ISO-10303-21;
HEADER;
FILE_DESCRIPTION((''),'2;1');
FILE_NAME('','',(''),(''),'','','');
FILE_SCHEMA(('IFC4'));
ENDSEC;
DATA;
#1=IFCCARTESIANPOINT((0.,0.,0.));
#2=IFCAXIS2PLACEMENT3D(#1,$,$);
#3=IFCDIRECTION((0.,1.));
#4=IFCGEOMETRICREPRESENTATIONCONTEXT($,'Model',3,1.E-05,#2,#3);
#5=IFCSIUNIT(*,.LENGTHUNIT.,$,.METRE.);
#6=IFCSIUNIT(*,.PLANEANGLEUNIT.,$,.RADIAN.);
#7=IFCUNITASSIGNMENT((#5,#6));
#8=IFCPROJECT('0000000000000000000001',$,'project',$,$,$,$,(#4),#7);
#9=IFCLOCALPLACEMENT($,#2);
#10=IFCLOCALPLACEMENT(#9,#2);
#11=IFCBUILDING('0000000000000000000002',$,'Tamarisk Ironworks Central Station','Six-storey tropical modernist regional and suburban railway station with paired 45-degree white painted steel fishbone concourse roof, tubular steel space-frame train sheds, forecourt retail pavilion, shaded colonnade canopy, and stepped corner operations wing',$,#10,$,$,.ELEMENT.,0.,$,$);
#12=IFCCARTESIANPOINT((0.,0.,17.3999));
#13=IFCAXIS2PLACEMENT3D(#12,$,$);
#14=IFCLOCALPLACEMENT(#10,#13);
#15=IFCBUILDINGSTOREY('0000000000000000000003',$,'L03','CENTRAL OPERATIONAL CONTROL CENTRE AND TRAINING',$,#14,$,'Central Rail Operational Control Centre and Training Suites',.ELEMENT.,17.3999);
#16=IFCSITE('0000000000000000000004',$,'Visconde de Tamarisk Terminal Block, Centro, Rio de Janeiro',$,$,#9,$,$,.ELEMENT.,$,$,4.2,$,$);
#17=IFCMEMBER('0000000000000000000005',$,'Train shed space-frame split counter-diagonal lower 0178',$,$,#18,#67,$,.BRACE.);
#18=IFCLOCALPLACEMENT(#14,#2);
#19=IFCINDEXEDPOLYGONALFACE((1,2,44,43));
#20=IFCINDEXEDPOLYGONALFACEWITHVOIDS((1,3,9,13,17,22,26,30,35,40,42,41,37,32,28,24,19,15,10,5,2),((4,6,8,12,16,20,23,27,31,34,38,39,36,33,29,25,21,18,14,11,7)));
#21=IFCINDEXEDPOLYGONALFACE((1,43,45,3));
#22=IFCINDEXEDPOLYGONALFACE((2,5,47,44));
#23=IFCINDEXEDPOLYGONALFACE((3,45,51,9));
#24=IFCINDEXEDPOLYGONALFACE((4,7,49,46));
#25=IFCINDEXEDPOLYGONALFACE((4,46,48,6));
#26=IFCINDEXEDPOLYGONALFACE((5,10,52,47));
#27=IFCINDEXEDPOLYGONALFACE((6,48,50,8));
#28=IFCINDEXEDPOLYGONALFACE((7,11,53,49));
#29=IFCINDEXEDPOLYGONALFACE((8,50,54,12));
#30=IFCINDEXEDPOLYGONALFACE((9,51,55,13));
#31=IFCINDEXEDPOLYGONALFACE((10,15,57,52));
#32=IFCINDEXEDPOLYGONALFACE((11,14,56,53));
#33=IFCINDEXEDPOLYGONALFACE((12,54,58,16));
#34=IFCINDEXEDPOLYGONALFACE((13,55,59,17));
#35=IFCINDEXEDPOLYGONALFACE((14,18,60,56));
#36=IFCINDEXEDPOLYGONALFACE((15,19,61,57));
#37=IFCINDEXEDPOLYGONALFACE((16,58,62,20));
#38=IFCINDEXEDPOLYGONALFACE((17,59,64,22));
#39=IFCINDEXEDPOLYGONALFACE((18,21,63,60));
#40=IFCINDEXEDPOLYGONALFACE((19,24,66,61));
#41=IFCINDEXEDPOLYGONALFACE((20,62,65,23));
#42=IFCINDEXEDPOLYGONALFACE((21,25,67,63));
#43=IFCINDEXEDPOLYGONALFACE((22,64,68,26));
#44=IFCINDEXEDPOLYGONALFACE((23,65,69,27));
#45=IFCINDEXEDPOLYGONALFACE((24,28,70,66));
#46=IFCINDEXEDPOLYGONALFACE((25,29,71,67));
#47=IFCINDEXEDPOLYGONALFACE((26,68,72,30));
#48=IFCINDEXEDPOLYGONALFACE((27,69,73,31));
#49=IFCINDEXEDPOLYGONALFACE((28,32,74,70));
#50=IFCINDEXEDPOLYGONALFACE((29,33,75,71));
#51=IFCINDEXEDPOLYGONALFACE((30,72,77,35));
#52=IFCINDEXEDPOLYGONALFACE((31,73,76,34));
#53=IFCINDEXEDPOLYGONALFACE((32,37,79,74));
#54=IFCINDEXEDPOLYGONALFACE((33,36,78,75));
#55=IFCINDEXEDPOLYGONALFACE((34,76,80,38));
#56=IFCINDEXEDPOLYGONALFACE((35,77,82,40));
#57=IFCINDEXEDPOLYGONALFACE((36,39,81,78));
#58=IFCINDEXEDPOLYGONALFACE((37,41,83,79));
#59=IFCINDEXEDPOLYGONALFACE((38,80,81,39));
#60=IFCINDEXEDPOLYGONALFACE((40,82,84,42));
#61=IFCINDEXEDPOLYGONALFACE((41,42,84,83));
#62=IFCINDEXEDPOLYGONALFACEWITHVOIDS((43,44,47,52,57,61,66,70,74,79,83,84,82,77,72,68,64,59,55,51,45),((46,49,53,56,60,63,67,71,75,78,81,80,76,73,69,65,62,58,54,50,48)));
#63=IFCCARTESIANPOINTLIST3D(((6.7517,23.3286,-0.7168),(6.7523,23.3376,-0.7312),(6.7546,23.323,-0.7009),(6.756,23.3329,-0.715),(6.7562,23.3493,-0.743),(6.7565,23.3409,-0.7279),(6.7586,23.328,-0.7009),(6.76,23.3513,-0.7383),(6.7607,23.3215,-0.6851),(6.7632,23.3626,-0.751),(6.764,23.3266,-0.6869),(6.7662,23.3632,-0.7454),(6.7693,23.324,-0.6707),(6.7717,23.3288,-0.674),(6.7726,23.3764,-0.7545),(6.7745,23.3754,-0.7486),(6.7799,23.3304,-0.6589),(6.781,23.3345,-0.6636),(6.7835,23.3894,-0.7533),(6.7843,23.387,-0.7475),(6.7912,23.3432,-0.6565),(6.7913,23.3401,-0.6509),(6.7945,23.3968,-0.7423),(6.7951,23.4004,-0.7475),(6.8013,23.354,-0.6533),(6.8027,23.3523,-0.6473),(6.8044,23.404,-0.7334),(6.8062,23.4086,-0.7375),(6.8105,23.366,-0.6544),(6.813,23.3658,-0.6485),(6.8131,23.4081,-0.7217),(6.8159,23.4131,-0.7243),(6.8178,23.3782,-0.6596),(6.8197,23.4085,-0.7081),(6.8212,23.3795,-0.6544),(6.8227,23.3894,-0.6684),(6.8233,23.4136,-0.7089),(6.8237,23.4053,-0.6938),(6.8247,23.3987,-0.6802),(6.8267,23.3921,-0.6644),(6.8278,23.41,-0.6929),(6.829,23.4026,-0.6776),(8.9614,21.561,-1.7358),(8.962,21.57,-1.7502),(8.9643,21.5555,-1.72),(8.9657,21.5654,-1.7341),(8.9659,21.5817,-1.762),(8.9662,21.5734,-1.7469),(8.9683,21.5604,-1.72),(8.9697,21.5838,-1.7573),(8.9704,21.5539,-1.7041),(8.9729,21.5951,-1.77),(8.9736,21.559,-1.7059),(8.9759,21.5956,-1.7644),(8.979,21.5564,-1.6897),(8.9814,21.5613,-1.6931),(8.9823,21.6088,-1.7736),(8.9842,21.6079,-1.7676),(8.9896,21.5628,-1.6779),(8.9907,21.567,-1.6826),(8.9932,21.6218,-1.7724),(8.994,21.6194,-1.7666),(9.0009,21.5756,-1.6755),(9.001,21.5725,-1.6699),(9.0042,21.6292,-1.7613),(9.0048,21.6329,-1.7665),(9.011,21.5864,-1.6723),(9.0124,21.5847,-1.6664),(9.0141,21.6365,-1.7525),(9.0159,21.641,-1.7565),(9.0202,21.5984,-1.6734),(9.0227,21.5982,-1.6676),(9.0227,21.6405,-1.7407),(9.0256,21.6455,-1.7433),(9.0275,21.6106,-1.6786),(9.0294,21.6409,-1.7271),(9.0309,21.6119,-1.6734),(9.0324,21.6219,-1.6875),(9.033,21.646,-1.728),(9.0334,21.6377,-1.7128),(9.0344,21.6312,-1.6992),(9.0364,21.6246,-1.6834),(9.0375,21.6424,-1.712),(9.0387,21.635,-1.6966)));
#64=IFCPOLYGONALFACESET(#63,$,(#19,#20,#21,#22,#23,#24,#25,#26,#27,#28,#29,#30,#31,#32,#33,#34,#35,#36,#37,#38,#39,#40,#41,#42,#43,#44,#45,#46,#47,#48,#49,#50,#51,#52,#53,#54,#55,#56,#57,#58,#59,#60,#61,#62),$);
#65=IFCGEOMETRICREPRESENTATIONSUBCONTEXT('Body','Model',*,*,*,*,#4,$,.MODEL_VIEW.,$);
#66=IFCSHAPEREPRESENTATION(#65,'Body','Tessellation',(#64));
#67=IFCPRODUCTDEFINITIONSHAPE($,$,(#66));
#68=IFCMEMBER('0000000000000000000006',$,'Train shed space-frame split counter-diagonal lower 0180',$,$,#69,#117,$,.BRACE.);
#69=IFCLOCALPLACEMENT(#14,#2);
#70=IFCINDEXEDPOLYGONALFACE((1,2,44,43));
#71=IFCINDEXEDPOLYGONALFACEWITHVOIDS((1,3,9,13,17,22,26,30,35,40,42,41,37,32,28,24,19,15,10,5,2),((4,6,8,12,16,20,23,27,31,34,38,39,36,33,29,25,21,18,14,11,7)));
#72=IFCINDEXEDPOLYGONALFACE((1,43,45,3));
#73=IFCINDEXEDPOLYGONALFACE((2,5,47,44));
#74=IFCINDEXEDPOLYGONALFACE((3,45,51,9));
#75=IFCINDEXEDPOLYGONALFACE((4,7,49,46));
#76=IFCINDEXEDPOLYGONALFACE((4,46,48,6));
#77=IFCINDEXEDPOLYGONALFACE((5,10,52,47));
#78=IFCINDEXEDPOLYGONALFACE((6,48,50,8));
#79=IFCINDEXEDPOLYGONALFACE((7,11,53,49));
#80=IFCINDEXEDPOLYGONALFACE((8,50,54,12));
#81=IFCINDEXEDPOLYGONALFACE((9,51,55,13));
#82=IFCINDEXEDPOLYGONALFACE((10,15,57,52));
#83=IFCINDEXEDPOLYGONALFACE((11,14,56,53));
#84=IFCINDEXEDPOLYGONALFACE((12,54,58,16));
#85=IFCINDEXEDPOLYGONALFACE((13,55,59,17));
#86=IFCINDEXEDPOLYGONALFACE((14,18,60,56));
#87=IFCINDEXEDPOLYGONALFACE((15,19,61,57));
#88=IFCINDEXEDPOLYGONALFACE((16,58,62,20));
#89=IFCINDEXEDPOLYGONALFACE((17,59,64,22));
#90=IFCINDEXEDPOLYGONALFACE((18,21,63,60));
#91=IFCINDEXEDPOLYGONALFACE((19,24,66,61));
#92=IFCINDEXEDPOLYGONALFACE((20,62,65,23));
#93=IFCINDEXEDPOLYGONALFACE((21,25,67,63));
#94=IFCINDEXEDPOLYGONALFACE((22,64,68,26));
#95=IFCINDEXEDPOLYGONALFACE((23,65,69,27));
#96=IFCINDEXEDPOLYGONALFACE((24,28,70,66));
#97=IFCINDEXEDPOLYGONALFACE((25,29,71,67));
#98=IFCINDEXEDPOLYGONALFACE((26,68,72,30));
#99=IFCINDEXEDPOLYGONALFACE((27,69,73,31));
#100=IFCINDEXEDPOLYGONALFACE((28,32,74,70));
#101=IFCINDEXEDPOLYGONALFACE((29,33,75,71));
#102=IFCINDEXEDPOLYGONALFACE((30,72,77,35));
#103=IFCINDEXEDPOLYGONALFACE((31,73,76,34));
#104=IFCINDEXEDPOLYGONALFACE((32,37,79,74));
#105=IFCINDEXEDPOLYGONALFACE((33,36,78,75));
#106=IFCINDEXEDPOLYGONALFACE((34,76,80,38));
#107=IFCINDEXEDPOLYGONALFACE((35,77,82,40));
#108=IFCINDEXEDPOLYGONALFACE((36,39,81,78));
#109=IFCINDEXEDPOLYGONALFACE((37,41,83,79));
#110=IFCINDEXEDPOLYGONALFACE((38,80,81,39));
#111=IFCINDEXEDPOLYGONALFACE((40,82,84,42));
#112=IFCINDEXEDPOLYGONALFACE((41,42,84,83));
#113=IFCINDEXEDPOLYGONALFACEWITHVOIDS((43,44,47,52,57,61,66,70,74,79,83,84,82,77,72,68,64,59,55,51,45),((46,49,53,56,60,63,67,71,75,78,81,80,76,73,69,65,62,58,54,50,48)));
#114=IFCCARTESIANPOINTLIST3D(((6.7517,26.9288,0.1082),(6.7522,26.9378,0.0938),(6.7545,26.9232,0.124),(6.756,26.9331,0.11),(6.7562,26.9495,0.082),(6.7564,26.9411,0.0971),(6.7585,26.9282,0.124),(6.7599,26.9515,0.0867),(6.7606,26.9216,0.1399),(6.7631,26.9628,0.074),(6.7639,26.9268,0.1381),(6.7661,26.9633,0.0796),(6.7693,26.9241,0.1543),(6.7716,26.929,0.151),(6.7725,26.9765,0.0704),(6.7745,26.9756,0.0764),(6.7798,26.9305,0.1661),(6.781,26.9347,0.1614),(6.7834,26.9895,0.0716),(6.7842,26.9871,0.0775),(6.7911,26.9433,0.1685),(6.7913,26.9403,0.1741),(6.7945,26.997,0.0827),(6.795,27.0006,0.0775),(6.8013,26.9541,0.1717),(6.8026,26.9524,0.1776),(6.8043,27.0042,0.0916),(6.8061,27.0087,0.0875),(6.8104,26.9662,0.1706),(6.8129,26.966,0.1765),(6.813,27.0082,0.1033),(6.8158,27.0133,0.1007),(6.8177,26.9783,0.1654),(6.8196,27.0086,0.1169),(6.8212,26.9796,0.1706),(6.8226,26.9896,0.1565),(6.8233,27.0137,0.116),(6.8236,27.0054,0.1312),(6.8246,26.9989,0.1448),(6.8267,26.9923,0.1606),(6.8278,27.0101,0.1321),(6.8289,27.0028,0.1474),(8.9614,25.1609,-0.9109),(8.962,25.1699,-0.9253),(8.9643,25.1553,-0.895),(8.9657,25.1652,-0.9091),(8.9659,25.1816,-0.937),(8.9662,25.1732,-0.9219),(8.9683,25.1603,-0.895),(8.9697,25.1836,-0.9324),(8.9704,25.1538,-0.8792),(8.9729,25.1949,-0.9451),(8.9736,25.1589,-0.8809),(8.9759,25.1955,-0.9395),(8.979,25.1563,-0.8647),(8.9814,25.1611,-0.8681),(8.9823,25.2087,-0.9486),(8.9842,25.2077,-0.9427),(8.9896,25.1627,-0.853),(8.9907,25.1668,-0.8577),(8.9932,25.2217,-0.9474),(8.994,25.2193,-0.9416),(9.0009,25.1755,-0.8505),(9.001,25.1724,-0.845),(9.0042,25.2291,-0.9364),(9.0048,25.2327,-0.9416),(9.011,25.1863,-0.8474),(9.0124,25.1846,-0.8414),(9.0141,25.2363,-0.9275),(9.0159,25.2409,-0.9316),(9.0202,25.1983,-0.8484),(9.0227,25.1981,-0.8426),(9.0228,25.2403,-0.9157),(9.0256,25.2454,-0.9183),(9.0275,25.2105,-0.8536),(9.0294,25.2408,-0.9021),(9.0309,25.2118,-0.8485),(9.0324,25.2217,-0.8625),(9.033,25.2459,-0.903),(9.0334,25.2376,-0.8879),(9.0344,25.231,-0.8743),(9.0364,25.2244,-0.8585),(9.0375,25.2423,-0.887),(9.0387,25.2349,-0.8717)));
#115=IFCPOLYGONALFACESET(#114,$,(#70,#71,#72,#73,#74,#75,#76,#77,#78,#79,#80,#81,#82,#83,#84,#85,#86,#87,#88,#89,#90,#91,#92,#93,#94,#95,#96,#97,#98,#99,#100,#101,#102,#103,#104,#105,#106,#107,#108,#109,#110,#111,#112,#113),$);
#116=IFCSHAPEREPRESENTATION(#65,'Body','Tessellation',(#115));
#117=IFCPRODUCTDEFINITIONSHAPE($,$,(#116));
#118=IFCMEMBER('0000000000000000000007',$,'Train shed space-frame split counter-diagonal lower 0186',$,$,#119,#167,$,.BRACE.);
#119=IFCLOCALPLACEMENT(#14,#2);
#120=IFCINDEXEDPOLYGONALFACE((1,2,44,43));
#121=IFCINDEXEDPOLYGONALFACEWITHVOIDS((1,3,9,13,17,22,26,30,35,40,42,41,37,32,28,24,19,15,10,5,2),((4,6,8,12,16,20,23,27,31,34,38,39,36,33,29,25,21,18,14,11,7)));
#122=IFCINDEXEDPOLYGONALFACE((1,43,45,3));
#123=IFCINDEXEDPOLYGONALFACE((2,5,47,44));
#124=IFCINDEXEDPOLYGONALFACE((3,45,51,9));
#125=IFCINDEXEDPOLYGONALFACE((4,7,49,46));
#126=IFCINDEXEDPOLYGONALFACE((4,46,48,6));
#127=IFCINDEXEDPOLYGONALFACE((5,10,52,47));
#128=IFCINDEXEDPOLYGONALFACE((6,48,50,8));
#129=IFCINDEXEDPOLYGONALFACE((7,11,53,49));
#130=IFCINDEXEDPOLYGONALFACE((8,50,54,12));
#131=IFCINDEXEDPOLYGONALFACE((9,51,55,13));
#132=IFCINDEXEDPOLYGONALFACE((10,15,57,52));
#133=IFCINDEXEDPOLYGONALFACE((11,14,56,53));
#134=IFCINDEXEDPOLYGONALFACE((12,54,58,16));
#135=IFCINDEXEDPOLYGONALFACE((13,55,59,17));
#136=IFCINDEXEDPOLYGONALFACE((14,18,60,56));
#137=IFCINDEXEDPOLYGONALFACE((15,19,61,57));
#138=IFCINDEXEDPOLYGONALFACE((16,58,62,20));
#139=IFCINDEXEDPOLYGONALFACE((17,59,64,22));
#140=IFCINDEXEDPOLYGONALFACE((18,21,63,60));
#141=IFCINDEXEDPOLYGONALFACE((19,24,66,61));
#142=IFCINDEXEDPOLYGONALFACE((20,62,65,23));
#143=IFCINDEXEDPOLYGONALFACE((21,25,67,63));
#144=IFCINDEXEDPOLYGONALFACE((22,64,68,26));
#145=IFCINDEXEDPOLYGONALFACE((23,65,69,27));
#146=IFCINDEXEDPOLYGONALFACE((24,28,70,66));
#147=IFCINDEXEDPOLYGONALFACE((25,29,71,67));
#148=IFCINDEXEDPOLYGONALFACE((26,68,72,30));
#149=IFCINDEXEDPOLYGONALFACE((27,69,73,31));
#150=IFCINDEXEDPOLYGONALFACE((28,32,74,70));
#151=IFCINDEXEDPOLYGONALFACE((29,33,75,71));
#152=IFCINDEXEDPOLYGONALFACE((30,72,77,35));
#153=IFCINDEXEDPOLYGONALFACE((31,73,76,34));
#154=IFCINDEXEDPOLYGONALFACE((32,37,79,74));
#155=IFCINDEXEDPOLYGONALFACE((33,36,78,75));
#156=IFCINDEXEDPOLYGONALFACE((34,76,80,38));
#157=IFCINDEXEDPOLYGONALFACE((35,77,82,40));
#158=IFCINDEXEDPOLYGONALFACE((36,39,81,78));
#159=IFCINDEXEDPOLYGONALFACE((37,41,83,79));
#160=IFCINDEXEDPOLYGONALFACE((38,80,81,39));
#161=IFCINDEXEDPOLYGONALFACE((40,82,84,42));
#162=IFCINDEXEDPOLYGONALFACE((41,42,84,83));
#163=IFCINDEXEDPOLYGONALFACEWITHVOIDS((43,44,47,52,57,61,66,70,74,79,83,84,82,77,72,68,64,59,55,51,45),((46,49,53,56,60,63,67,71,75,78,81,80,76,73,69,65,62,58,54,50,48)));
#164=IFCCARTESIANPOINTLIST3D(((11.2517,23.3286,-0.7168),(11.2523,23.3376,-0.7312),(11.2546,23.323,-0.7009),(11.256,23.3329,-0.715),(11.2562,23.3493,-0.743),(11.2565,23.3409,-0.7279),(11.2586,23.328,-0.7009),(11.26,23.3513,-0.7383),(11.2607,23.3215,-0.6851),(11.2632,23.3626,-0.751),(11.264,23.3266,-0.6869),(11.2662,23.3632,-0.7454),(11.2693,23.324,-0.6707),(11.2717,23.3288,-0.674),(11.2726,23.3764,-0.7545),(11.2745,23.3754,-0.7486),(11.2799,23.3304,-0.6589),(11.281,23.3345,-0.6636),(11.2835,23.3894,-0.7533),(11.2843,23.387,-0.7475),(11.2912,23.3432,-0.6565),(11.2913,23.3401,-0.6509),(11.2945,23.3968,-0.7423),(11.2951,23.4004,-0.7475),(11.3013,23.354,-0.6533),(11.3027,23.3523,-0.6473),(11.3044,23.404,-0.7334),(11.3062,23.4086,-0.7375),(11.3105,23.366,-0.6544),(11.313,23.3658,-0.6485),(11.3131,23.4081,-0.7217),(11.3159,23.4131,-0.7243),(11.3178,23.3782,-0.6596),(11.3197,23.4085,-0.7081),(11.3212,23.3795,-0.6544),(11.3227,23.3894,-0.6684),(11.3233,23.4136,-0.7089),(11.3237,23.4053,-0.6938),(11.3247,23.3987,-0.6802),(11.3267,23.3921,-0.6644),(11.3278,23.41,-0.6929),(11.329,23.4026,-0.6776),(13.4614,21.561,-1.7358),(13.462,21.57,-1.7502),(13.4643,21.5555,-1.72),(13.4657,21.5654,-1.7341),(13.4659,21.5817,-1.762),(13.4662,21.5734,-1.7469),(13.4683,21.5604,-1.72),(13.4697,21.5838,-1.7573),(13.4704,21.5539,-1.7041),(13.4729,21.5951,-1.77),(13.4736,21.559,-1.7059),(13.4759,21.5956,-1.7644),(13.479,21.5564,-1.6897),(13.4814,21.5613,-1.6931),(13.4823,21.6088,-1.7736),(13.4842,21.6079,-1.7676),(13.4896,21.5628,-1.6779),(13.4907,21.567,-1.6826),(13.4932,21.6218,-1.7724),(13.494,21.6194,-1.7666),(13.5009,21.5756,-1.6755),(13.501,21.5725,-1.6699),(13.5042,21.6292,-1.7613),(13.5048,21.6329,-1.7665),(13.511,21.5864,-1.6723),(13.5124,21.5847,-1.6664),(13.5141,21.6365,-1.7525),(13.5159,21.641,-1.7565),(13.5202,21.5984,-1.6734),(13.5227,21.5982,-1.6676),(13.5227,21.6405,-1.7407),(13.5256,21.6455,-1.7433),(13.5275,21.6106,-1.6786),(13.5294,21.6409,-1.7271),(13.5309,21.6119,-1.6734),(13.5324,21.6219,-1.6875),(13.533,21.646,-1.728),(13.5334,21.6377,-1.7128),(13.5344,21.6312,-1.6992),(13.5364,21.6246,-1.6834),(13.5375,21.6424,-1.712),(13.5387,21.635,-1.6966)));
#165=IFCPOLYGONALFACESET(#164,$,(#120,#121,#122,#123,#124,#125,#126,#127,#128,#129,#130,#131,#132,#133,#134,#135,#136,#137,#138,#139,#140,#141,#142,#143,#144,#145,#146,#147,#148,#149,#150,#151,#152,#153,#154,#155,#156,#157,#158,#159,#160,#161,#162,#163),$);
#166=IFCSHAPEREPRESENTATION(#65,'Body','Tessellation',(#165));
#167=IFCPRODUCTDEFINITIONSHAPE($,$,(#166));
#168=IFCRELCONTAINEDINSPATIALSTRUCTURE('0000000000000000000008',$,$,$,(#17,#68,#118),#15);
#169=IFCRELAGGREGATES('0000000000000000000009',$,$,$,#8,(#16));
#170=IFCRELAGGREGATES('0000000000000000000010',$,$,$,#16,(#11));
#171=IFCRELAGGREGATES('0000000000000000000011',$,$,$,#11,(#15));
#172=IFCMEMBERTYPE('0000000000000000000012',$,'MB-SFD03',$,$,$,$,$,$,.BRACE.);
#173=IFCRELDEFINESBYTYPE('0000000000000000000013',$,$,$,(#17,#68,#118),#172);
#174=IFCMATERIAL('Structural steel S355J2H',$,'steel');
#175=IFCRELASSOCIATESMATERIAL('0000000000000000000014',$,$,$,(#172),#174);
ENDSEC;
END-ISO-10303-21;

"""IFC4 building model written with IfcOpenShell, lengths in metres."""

from ifc_helpers import new_model, si_unit, direction, frame, origin, origin_2d, place, context, subcontext, project, spatial, hollow_circle, extrude, material, material_profile, profile_set, type_object, element, save


model = new_model("IFC4")

# Units and contexts
model_context = context("Model", 3, precision=1e-05, world=origin(), true_north=direction((0.0, 1.0)))
body_context = subcontext(model_context, "Body", "Model", "MODEL_VIEW")
ifc_project = project(units=[si_unit("LENGTHUNIT", "METRE"), si_unit("PLANEANGLEUNIT", "RADIAN")], contexts=[model_context])

# Site, building, storey
site_placement = place(None, origin())
site = spatial("IfcSite", under=ifc_project, at=site_placement, Name="Visconde de Tamarisk Terminal Block, Centro, Rio de Janeiro", CompositionType="ELEMENT", RefElevation=4.2)
building_placement = place(site_placement, origin())
building = spatial("IfcBuilding", under=site, at=building_placement, Name="Tamarisk Ironworks Central Station", Description="Six-storey tropical modernist regional and suburban railway station with paired 45-degree white painted steel fishbone concourse roof, tubular steel space-frame train sheds, forecourt retail pavilion, shaded colonnade canopy, and stepped corner operations wing", CompositionType="ELEMENT", ElevationOfRefHeight=0.0)
storey_placement = place(building_placement, frame((0.0, 0.0, 17.3999)))
storey = spatial("IfcBuildingStorey", under=building, at=storey_placement, Name="L03", Description="CENTRAL OPERATIONAL CONTROL CENTRE AND TRAINING", LongName="Central Rail Operational Control Centre and Training Suites", CompositionType="ELEMENT", Elevation=17.3999)

# Members
ifc_material_1 = material(Name="Structural steel S355J2H", Category="steel")
ifc_material_profile_1 = material_profile(ifc_material_1, hollow_circle(Radius=0.0571, WallThickness=0.0063, at=origin_2d()), Name="CHS 114.3x6.3")
ifc_profile_set_1 = profile_set([ifc_material_profile_1], Name="Structural steel S355J2H")
member_type_1 = type_object("IfcMemberType", Name="MB-SFD03", PredefinedType="BRACE", material=ifc_profile_set_1)
member_1_placement = place(storey_placement, frame((9.0, 21.6001, -1.72), z_axis=(-0.734712, 0.587705, 0.338823), x_axis=(-0.624653, -0.780902, 0.0)))
element("IfcMember", 1, at=member_1_placement, inside=storey, type_object=member_type_1, Name="Train shed space-frame split counter-diagonal lower 0178", PredefinedType="BRACE", context=body_context, shape_type="SweptSolid", body=[
    extrude(hollow_circle(Radius=0.0571, WallThickness=0.0063, at=origin_2d()), origin(), (0.0, 0.0, 1.0), 3.0076),
])
member_2_placement = place(storey_placement, frame((9.0, 25.2, -0.895), z_axis=(-0.734677, 0.587758, 0.338807), x_axis=(-0.624706, -0.78086, 0.0)))
element("IfcMember", 2, at=member_2_placement, inside=storey, type_object=member_type_1, Name="Train shed space-frame split counter-diagonal lower 0180", PredefinedType="BRACE", context=body_context, shape_type="SweptSolid", body=[
    extrude(hollow_circle(Radius=0.0571, WallThickness=0.0063, at=origin_2d()), origin(), (0.0, 0.0, 1.0), 3.0078),
])
for number, where, z_axis, x_axis, name in (
    (3, (13.5, 21.6001, -1.72), (-0.734712, 0.587705, 0.338823), (-0.624653, -0.780902, 0.0), "Train shed space-frame split counter-diagonal lower 0186"),
):
    element("IfcMember", number, at=place(storey_placement, frame(where, z_axis=z_axis, x_axis=x_axis)), inside=storey, type_object=member_type_1, Name=name, PredefinedType="BRACE", context=body_context, shape_type="SweptSolid", body=[
        extrude(hollow_circle(Radius=0.0571, WallThickness=0.0063, at=origin_2d()), origin(), (0.0, 0.0, 1.0), 3.0076),
    ])

save(model, "model.ifc")
